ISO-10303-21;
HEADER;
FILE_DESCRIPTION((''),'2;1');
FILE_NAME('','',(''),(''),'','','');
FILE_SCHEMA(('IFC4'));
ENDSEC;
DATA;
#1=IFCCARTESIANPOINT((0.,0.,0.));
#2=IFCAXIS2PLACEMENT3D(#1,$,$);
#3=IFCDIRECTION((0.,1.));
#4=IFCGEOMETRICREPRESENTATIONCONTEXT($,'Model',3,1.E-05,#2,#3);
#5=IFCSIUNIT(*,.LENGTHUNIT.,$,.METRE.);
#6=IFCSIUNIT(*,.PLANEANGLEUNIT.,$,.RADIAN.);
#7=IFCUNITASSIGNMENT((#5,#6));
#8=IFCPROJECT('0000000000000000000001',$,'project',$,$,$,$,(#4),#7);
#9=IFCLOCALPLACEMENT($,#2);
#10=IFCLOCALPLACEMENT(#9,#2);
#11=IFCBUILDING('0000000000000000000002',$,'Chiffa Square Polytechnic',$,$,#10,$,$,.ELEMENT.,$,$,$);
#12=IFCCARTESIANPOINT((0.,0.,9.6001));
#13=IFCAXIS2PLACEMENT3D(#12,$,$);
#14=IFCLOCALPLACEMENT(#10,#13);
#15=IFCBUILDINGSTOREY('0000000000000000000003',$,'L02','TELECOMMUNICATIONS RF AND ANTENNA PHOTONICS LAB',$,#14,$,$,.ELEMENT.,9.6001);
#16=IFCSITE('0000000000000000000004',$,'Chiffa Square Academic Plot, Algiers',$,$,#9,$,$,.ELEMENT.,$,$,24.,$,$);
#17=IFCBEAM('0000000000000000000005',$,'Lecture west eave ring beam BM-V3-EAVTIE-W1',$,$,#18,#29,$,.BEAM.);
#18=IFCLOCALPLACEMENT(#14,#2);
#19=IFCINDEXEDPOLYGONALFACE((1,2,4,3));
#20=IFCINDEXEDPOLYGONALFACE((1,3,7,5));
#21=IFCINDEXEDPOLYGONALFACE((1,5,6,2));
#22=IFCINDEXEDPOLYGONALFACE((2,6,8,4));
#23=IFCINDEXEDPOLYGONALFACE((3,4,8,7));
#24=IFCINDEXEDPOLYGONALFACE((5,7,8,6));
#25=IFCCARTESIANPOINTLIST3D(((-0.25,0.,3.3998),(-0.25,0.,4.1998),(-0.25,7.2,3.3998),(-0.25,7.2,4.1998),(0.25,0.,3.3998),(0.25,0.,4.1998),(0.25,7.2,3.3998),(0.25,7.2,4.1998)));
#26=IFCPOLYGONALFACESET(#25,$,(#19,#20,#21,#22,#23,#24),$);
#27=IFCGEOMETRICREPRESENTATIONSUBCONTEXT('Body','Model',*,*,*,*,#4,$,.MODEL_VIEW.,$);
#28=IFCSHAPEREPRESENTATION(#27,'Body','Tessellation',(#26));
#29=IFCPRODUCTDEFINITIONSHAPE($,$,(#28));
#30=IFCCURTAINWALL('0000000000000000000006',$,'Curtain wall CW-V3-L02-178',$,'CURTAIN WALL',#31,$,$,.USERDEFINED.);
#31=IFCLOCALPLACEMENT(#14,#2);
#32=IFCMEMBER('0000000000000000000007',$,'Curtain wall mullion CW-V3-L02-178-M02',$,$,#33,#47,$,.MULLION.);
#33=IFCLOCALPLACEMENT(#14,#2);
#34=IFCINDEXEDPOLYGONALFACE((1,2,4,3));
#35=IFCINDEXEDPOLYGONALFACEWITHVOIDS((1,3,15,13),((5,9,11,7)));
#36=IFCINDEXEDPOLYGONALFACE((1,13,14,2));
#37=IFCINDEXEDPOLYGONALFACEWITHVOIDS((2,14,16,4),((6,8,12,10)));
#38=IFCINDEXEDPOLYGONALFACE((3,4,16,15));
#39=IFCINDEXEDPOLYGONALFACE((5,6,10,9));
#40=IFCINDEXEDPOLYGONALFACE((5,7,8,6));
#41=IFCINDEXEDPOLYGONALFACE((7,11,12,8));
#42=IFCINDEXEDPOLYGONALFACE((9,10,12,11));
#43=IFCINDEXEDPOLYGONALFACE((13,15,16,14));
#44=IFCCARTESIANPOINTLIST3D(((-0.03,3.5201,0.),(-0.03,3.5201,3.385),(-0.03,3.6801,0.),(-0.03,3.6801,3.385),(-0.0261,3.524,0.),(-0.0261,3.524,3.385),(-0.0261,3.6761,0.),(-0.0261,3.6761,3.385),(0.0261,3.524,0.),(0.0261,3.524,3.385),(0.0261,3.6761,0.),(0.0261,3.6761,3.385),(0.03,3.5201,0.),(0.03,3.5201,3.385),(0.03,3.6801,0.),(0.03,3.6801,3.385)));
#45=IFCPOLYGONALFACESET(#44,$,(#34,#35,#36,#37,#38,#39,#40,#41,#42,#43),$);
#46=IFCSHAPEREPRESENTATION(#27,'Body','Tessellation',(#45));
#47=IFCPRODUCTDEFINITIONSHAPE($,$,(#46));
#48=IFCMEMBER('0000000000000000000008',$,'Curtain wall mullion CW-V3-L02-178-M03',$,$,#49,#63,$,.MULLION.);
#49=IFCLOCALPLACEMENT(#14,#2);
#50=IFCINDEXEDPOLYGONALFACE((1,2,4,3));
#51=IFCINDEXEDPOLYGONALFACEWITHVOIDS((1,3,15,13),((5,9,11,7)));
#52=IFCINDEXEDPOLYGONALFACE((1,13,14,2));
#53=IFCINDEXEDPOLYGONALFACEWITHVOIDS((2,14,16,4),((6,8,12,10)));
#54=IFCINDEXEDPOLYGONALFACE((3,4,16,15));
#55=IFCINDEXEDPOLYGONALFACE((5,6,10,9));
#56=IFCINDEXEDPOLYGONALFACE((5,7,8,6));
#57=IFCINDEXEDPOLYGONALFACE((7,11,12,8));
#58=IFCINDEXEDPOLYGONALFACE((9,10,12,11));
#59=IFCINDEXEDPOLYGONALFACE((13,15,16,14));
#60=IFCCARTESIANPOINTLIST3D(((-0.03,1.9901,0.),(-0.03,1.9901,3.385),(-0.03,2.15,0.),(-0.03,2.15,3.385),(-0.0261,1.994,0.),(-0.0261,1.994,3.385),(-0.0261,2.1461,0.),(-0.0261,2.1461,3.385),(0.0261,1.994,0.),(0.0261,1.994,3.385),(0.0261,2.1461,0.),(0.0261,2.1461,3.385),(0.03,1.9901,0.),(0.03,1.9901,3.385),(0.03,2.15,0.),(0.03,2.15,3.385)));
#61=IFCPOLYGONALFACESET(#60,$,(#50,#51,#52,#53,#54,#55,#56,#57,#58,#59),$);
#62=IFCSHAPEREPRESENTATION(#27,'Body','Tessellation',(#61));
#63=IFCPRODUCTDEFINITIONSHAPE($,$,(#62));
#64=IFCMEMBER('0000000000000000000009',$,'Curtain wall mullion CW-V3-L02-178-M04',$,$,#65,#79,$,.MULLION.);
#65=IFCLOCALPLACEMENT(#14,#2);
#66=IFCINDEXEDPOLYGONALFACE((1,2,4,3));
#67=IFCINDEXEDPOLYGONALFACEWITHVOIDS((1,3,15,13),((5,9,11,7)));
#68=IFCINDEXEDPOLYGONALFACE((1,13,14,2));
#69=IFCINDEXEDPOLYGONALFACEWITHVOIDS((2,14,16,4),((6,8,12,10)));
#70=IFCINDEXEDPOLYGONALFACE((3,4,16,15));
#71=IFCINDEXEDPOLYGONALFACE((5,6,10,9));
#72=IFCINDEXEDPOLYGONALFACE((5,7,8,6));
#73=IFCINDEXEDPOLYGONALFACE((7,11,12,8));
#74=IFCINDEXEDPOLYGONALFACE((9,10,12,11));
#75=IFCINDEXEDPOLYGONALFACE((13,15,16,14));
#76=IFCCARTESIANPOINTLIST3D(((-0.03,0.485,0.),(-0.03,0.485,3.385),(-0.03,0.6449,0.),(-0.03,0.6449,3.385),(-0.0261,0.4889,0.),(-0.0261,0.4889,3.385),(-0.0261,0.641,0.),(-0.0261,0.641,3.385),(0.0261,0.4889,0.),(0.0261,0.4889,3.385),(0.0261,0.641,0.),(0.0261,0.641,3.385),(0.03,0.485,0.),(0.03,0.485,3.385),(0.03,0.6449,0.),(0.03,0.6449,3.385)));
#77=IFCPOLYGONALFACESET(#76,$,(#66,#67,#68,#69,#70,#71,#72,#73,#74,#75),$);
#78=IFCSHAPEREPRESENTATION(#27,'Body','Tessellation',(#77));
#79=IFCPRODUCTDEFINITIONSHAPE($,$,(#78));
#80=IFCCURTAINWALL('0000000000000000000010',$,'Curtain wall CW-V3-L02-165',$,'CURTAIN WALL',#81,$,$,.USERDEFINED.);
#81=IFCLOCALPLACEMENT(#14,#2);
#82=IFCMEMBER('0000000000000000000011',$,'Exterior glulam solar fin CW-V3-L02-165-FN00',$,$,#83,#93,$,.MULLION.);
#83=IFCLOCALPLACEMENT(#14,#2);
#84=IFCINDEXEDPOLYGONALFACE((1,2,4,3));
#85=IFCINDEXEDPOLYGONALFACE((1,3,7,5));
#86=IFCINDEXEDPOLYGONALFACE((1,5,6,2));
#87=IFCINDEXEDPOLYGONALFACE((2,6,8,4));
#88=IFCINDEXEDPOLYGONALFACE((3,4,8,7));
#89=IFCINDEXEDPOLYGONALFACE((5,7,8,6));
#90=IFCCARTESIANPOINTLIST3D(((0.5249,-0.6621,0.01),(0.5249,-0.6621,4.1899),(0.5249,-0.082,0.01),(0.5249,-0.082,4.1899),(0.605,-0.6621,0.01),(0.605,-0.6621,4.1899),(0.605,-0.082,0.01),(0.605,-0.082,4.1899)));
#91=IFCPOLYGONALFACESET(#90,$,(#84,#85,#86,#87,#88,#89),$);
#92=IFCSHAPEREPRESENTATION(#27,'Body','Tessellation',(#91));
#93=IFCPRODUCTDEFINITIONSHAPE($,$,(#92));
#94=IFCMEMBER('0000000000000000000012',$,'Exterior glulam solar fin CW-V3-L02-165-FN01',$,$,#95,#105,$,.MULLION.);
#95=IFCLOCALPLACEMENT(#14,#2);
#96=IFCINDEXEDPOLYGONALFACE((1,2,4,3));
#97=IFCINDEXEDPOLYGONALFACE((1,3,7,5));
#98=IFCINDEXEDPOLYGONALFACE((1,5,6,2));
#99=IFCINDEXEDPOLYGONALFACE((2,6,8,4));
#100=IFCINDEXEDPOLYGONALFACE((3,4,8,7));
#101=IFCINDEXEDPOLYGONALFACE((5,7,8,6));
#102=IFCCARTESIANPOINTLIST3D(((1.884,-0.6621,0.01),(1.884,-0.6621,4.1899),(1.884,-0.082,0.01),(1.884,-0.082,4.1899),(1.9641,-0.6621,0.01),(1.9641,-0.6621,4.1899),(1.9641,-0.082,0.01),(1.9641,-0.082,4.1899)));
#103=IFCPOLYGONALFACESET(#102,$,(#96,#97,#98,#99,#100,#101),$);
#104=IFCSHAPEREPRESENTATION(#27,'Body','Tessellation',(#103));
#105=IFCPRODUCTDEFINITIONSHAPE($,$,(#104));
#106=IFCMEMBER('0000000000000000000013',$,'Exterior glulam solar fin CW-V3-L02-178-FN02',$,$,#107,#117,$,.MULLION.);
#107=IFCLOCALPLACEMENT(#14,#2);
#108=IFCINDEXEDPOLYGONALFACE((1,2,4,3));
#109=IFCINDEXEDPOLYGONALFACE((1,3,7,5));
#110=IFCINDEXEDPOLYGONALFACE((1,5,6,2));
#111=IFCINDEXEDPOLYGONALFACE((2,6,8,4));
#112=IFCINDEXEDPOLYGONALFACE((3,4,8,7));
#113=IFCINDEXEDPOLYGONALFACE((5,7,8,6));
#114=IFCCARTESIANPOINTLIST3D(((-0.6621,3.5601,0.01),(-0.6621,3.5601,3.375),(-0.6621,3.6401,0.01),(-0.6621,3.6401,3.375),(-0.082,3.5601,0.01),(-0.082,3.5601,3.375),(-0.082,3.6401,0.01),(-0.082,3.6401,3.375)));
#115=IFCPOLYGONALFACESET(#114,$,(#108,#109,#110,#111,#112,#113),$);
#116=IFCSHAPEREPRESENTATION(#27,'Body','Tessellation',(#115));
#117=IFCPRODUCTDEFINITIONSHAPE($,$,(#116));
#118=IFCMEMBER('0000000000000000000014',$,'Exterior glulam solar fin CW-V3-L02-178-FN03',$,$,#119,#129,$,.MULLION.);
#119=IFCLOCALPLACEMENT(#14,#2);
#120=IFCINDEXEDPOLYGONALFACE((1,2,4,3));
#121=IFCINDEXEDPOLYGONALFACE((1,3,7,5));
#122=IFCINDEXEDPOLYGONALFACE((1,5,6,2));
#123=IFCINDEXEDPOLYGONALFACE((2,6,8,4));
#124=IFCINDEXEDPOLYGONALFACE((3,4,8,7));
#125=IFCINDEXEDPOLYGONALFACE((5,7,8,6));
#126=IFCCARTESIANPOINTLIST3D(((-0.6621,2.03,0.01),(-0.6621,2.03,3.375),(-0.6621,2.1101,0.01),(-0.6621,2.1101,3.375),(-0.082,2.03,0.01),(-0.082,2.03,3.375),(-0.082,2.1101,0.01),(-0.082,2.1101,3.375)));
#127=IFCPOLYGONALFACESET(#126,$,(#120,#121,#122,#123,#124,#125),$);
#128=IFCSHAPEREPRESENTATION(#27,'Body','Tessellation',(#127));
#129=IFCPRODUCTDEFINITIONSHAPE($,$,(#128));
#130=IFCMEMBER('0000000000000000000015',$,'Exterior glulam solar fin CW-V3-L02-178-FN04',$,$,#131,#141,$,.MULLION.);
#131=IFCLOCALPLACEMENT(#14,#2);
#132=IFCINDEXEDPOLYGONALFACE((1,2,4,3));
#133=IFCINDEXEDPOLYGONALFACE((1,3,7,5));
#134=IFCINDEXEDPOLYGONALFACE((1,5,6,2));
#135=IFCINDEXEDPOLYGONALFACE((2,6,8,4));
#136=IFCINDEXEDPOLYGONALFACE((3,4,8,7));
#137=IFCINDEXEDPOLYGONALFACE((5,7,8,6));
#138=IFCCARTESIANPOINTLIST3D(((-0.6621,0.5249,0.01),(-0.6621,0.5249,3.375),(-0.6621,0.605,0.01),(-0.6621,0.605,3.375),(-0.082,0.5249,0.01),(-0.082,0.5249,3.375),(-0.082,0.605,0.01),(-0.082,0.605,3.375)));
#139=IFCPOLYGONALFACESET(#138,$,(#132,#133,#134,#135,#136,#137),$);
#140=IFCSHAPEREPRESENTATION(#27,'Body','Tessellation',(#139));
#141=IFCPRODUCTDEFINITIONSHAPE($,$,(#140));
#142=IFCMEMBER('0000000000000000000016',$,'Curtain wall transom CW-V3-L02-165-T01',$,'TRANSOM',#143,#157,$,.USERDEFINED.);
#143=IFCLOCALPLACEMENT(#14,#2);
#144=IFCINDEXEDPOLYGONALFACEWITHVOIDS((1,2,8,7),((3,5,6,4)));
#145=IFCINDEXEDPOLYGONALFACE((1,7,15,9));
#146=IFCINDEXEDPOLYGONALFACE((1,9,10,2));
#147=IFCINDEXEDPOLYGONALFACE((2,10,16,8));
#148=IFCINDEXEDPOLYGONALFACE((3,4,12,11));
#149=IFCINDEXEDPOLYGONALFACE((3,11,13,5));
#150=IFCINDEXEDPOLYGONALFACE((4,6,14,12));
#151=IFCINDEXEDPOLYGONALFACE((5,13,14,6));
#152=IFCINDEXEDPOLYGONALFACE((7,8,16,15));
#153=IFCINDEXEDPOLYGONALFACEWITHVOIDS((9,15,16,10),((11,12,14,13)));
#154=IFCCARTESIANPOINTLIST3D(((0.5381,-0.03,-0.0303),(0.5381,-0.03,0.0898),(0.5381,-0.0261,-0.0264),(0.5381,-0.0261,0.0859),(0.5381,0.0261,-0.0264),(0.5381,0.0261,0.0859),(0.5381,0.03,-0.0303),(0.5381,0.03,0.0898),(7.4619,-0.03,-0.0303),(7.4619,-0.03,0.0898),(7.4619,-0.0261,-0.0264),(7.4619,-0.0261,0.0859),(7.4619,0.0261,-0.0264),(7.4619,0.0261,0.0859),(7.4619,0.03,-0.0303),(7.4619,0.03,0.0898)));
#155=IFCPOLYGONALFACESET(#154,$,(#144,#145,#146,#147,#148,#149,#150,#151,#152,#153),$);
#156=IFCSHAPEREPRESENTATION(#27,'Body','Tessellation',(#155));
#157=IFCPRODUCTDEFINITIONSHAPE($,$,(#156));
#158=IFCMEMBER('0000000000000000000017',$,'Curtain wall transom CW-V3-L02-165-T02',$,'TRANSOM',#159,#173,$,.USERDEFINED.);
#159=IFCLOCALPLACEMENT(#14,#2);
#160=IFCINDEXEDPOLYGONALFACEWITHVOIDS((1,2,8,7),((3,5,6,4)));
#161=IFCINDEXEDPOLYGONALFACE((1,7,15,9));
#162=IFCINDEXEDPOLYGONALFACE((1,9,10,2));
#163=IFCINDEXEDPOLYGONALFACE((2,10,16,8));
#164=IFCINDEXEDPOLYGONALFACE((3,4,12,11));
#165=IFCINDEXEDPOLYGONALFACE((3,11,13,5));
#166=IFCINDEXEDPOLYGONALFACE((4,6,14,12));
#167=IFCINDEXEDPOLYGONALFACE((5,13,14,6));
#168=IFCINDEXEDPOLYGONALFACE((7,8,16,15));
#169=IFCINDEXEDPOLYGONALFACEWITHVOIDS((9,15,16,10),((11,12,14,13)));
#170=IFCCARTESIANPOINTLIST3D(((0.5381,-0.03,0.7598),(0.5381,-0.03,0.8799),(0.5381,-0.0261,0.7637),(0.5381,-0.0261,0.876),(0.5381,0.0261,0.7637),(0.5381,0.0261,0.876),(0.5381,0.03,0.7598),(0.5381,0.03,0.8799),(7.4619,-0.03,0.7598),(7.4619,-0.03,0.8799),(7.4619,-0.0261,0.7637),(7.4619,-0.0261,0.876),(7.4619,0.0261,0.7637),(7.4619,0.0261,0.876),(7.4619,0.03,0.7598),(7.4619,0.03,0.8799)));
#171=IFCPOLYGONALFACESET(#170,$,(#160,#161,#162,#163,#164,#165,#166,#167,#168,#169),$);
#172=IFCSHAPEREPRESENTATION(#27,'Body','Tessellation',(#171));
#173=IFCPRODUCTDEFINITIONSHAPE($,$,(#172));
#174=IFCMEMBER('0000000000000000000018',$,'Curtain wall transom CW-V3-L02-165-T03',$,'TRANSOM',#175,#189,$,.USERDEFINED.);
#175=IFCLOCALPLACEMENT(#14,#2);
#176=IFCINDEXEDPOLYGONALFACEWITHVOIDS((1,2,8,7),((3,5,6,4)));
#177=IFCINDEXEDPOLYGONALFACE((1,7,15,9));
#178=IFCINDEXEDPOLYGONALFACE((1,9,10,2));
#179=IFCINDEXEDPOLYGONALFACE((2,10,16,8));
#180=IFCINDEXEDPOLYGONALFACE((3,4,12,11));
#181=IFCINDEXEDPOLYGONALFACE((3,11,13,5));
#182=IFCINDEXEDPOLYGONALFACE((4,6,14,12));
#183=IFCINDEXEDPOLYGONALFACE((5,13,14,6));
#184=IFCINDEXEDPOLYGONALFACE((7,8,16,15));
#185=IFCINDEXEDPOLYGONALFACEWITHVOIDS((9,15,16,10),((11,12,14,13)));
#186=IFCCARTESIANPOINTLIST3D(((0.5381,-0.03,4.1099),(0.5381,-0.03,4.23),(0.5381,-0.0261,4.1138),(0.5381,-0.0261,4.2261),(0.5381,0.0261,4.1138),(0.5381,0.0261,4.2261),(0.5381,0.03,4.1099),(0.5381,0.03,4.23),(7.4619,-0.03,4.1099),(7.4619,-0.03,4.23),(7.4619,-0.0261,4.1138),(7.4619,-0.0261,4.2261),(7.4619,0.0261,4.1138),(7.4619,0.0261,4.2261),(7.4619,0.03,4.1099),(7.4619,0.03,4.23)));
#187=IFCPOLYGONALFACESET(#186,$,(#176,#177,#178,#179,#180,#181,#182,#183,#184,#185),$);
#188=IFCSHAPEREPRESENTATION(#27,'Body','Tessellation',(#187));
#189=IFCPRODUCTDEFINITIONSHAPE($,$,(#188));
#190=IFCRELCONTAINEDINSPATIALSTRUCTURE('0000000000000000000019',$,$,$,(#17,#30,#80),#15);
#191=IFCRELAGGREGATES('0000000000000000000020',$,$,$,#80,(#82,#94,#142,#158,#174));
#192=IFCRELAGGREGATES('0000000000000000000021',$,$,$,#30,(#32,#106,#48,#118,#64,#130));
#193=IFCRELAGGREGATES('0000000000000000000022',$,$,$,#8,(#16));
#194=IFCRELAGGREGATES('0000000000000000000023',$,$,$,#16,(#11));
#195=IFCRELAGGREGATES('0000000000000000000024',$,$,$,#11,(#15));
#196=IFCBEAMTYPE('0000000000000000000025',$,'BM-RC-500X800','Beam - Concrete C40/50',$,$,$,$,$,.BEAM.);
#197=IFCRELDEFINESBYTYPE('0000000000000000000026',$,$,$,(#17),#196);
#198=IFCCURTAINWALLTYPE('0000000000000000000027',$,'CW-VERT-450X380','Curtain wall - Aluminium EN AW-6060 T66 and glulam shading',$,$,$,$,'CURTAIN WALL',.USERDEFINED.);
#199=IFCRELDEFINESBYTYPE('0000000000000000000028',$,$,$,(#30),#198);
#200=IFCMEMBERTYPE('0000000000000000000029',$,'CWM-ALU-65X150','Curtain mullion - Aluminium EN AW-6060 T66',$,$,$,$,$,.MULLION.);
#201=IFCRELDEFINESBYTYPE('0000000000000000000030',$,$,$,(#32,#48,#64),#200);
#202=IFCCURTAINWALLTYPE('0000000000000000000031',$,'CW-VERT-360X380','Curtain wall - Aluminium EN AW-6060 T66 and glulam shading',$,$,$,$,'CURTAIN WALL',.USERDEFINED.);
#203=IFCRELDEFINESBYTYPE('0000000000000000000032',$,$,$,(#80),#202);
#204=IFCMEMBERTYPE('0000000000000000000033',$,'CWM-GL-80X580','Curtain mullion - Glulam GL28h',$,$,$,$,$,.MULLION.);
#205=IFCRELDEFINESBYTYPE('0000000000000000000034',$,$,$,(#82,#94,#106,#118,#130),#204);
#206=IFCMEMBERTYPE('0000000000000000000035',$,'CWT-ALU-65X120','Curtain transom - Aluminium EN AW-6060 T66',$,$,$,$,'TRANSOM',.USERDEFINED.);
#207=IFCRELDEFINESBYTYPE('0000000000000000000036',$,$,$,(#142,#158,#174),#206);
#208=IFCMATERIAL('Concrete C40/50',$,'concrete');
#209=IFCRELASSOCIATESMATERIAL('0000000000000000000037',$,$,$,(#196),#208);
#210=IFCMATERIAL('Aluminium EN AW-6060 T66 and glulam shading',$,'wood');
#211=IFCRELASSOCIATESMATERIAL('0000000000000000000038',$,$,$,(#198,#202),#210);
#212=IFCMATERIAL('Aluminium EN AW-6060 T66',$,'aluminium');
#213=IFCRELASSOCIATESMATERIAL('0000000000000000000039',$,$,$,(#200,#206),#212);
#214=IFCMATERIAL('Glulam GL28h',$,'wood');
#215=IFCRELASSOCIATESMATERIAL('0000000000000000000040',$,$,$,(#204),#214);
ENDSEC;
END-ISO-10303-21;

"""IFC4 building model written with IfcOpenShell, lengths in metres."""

from ifc_helpers import new_model, si_unit, direction, frame, origin, origin_2d, place, context, subcontext, project, spatial, rectangle, hollow_rectangle, extrude, material, material_profile, profile_set, type_object, element, aggregate, save


model = new_model("IFC4")

# Units and contexts
model_context = context("Model", 3, precision=1e-05, world=origin(), true_north=direction((0.0, 1.0)))
body_context = subcontext(model_context, "Body", "Model", "MODEL_VIEW")
ifc_project = project(units=[si_unit("LENGTHUNIT", "METRE"), si_unit("PLANEANGLEUNIT", "RADIAN")], contexts=[model_context])

# Site, building, storey
site_placement = place(None, origin())
site = spatial("IfcSite", under=ifc_project, at=site_placement, Name="Chiffa Square Academic Plot, Algiers", CompositionType="ELEMENT", RefElevation=24.0)
building_placement = place(site_placement, origin())
building = spatial("IfcBuilding", under=site, at=building_placement, Name="Chiffa Square Polytechnic", CompositionType="ELEMENT")
storey_placement = place(building_placement, frame((0.0, 0.0, 9.6001)))
storey = spatial("IfcBuildingStorey", under=building, at=storey_placement, Name="L02", Description="TELECOMMUNICATIONS RF AND ANTENNA PHOTONICS LAB", CompositionType="ELEMENT", Elevation=9.6001)

# Beam
ifc_material_1 = material(Name="Concrete C40/50", Category="concrete")
ifc_material_profile_1 = material_profile(ifc_material_1, rectangle(XDim=0.5, YDim=0.8, at=origin_2d()), Name="RC 500x800")
ifc_profile_set_1 = profile_set([ifc_material_profile_1], Name="Concrete C40/50")
beam_type = type_object("IfcBeamType", Name="BM-RC-500X800", Description="Beam - Concrete C40/50", PredefinedType="BEAM", material=ifc_profile_set_1)
beam_placement = place(storey_placement, frame((0.0, 0.0, 3.7998), z_axis=(0.0, 1.0, 0.0), x_axis=(-1.0, 0.0, 0.0)))
element("IfcBeam", 1, at=beam_placement, inside=storey, type_object=beam_type, Name="Lecture west eave ring beam BM-V3-EAVTIE-W1", PredefinedType="BEAM", context=body_context, shape_type="SweptSolid", body=[
    extrude(rectangle(XDim=0.5, YDim=0.8, at=origin_2d()), origin(), (0.0, 0.0, 1.0), 7.2),
])

# Curtain walls, members
ifc_material_2 = material(Name="Aluminium EN AW-6060 T66 and glulam shading", Category="wood")
curtain_wall_type_1 = type_object("IfcCurtainWallType", Name="CW-VERT-450X380", Description="Curtain wall - Aluminium EN AW-6060 T66 and glulam shading", ElementType="CURTAIN WALL", PredefinedType="USERDEFINED", material=ifc_material_2)
curtain_wall_1_placement = place(storey_placement, origin())
curtain_wall_1 = element("IfcCurtainWall", 2, at=curtain_wall_1_placement, inside=storey, type_object=curtain_wall_type_1, Name="Curtain wall CW-V3-L02-178", ObjectType="CURTAIN WALL", PredefinedType="USERDEFINED")
ifc_material_3 = material(Name="Aluminium EN AW-6060 T66", Category="aluminium")
ifc_material_profile_2 = material_profile(ifc_material_3, hollow_rectangle(XDim=0.0601, YDim=0.1599, WallThickness=0.0039, at=origin_2d()), Name="ALU 60x160x4")
ifc_profile_set_2 = profile_set([ifc_material_profile_2], Name="Aluminium EN AW-6060 T66")
member_type_1 = type_object("IfcMemberType", Name="CWM-ALU-65X150", Description="Curtain mullion - Aluminium EN AW-6060 T66", PredefinedType="MULLION", material=ifc_profile_set_2)
member_1_placement = place(storey_placement, frame((0.0, 3.6001, 0.0), z_axis=(0.0, 0.0, 1.0), x_axis=(1.0, 0.0, 0.0)))
member_1 = element("IfcMember", 3, at=member_1_placement, type_object=member_type_1, Name="Curtain wall mullion CW-V3-L02-178-M02", PredefinedType="MULLION", context=body_context, shape_type="SweptSolid", body=[
    extrude(hollow_rectangle(XDim=0.0601, YDim=0.1599, WallThickness=0.0039, at=origin_2d()), origin(), (0.0, 0.0, 1.0), 3.385),
])
member_2_placement = place(storey_placement, frame((0.0, 2.0701, 0.0), z_axis=(0.0, 0.0, 1.0), x_axis=(1.0, 0.0, 0.0)))
member_2 = element("IfcMember", 4, at=member_2_placement, type_object=member_type_1, Name="Curtain wall mullion CW-V3-L02-178-M03", PredefinedType="MULLION", context=body_context, shape_type="SweptSolid", body=[
    extrude(hollow_rectangle(XDim=0.0601, YDim=0.1599, WallThickness=0.0039, at=origin_2d()), origin(), (0.0, 0.0, 1.0), 3.385),
])
member_3_placement = place(storey_placement, frame((0.0, 0.5649, 0.0), z_axis=(0.0, 0.0, 1.0), x_axis=(1.0, 0.0, 0.0)))
member_3 = element("IfcMember", 5, at=member_3_placement, type_object=member_type_1, Name="Curtain wall mullion CW-V3-L02-178-M04", PredefinedType="MULLION", context=body_context, shape_type="SweptSolid", body=[
    extrude(hollow_rectangle(XDim=0.0601, YDim=0.1599, WallThickness=0.0039, at=origin_2d()), origin(), (0.0, 0.0, 1.0), 3.385),
])
curtain_wall_type_2 = type_object("IfcCurtainWallType", Name="CW-VERT-360X380", Description="Curtain wall - Aluminium EN AW-6060 T66 and glulam shading", ElementType="CURTAIN WALL", PredefinedType="USERDEFINED", material=ifc_material_2)
curtain_wall_2_placement = place(storey_placement, origin())
curtain_wall_2 = element("IfcCurtainWall", 6, at=curtain_wall_2_placement, inside=storey, type_object=curtain_wall_type_2, Name="Curtain wall CW-V3-L02-165", ObjectType="CURTAIN WALL", PredefinedType="USERDEFINED")
ifc_material_4 = material(Name="Glulam GL28h", Category="wood")
ifc_material_profile_3 = material_profile(ifc_material_4, rectangle(XDim=0.0801, YDim=0.5801, at=origin_2d()), Name="GL28h 80x580")
ifc_profile_set_3 = profile_set([ifc_material_profile_3], Name="Glulam GL28h")
member_type_2 = type_object("IfcMemberType", Name="CWM-GL-80X580", Description="Curtain mullion - Glulam GL28h", PredefinedType="MULLION", material=ifc_profile_set_3)
member_4_placement = place(storey_placement, frame((0.5649, -0.3721, 0.01), z_axis=(0.0, 0.0, 1.0), x_axis=(1.0, 0.0, 0.0)))
member_4 = element("IfcMember", 7, at=member_4_placement, type_object=member_type_2, Name="Exterior glulam solar fin CW-V3-L02-165-FN00", PredefinedType="MULLION", context=body_context, shape_type="SweptSolid", body=[
    extrude(rectangle(XDim=0.0801, YDim=0.5801, at=origin_2d()), origin(), (0.0, 0.0, 1.0), 4.1799),
])
member_5_placement = place(storey_placement, frame((1.9241, -0.3721, 0.01), z_axis=(0.0, 0.0, 1.0), x_axis=(1.0, 0.0, 0.0)))
member_5 = element("IfcMember", 8, at=member_5_placement, type_object=member_type_2, Name="Exterior glulam solar fin CW-V3-L02-165-FN01", PredefinedType="MULLION", context=body_context, shape_type="SweptSolid", body=[
    extrude(rectangle(XDim=0.0801, YDim=0.5801, at=origin_2d()), origin(), (0.0, 0.0, 1.0), 4.1799),
])

# Members
member_6_placement = place(storey_placement, frame((-0.3721, 3.6001, 0.01), z_axis=(0.0, 0.0, 1.0), x_axis=(0.0, -1.0, 0.0)))
member_6 = element("IfcMember", 9, at=member_6_placement, type_object=member_type_2, Name="Exterior glulam solar fin CW-V3-L02-178-FN02", PredefinedType="MULLION", context=body_context, shape_type="SweptSolid", body=[
    extrude(rectangle(XDim=0.0801, YDim=0.5801, at=origin_2d()), origin(), (0.0, 0.0, 1.0), 3.365),
])
member_7_placement = place(storey_placement, frame((-0.3721, 2.0701, 0.01), z_axis=(0.0, 0.0, 1.0), x_axis=(0.0, -1.0, 0.0)))
member_7 = element("IfcMember", 10, at=member_7_placement, type_object=member_type_2, Name="Exterior glulam solar fin CW-V3-L02-178-FN03", PredefinedType="MULLION", context=body_context, shape_type="SweptSolid", body=[
    extrude(rectangle(XDim=0.0801, YDim=0.5801, at=origin_2d()), origin(), (0.0, 0.0, 1.0), 3.365),
])
member_8_placement = place(storey_placement, frame((-0.3721, 0.5649, 0.01), z_axis=(0.0, 0.0, 1.0), x_axis=(0.0, -1.0, 0.0)))
member_8 = element("IfcMember", 11, at=member_8_placement, type_object=member_type_2, Name="Exterior glulam solar fin CW-V3-L02-178-FN04", PredefinedType="MULLION", context=body_context, shape_type="SweptSolid", body=[
    extrude(rectangle(XDim=0.0801, YDim=0.5801, at=origin_2d()), origin(), (0.0, 0.0, 1.0), 3.365),
])
ifc_material_profile_4 = material_profile(ifc_material_3, hollow_rectangle(XDim=0.0601, YDim=0.1201, WallThickness=0.0039, at=origin_2d()), Name="ALU 60x120x4")
ifc_profile_set_4 = profile_set([ifc_material_profile_4], Name="Aluminium EN AW-6060 T66")
member_type_3 = type_object("IfcMemberType", Name="CWT-ALU-65X120", Description="Curtain transom - Aluminium EN AW-6060 T66", ElementType="TRANSOM", PredefinedType="USERDEFINED", material=ifc_profile_set_4)
member_9_placement = place(storey_placement, frame((0.5381, 0.0, 0.0298), z_axis=(1.0, 0.0, 0.0), x_axis=(0.0, 1.0, 0.0)))
member_9 = element("IfcMember", 12, at=member_9_placement, type_object=member_type_3, Name="Curtain wall transom CW-V3-L02-165-T01", ObjectType="TRANSOM", PredefinedType="USERDEFINED", context=body_context, shape_type="SweptSolid", body=[
    extrude(hollow_rectangle(XDim=0.0601, YDim=0.1201, WallThickness=0.0039, at=origin_2d()), origin(), (0.0, 0.0, 1.0), 6.9238),
])
member_10_placement = place(storey_placement, frame((0.5381, 0.0, 0.8198), z_axis=(1.0, 0.0, 0.0), x_axis=(0.0, 1.0, 0.0)))
member_10 = element("IfcMember", 13, at=member_10_placement, type_object=member_type_3, Name="Curtain wall transom CW-V3-L02-165-T02", ObjectType="TRANSOM", PredefinedType="USERDEFINED", context=body_context, shape_type="SweptSolid", body=[
    extrude(hollow_rectangle(XDim=0.0601, YDim=0.1201, WallThickness=0.0039, at=origin_2d()), origin(), (0.0, 0.0, 1.0), 6.9238),
])
member_11_placement = place(storey_placement, frame((0.5381, 0.0, 4.1699), z_axis=(1.0, 0.0, 0.0), x_axis=(0.0, 1.0, 0.0)))
member_11 = element("IfcMember", 14, at=member_11_placement, type_object=member_type_3, Name="Curtain wall transom CW-V3-L02-165-T03", ObjectType="TRANSOM", PredefinedType="USERDEFINED", context=body_context, shape_type="SweptSolid", body=[
    extrude(hollow_rectangle(XDim=0.0601, YDim=0.1201, WallThickness=0.0039, at=origin_2d()), origin(), (0.0, 0.0, 1.0), 6.9238),
])

aggregate(curtain_wall_2, [member_4, member_5, member_9, member_10, member_11])
aggregate(curtain_wall_1, [member_1, member_6, member_2, member_7, member_3, member_8])

save(model, "model.ifc")
